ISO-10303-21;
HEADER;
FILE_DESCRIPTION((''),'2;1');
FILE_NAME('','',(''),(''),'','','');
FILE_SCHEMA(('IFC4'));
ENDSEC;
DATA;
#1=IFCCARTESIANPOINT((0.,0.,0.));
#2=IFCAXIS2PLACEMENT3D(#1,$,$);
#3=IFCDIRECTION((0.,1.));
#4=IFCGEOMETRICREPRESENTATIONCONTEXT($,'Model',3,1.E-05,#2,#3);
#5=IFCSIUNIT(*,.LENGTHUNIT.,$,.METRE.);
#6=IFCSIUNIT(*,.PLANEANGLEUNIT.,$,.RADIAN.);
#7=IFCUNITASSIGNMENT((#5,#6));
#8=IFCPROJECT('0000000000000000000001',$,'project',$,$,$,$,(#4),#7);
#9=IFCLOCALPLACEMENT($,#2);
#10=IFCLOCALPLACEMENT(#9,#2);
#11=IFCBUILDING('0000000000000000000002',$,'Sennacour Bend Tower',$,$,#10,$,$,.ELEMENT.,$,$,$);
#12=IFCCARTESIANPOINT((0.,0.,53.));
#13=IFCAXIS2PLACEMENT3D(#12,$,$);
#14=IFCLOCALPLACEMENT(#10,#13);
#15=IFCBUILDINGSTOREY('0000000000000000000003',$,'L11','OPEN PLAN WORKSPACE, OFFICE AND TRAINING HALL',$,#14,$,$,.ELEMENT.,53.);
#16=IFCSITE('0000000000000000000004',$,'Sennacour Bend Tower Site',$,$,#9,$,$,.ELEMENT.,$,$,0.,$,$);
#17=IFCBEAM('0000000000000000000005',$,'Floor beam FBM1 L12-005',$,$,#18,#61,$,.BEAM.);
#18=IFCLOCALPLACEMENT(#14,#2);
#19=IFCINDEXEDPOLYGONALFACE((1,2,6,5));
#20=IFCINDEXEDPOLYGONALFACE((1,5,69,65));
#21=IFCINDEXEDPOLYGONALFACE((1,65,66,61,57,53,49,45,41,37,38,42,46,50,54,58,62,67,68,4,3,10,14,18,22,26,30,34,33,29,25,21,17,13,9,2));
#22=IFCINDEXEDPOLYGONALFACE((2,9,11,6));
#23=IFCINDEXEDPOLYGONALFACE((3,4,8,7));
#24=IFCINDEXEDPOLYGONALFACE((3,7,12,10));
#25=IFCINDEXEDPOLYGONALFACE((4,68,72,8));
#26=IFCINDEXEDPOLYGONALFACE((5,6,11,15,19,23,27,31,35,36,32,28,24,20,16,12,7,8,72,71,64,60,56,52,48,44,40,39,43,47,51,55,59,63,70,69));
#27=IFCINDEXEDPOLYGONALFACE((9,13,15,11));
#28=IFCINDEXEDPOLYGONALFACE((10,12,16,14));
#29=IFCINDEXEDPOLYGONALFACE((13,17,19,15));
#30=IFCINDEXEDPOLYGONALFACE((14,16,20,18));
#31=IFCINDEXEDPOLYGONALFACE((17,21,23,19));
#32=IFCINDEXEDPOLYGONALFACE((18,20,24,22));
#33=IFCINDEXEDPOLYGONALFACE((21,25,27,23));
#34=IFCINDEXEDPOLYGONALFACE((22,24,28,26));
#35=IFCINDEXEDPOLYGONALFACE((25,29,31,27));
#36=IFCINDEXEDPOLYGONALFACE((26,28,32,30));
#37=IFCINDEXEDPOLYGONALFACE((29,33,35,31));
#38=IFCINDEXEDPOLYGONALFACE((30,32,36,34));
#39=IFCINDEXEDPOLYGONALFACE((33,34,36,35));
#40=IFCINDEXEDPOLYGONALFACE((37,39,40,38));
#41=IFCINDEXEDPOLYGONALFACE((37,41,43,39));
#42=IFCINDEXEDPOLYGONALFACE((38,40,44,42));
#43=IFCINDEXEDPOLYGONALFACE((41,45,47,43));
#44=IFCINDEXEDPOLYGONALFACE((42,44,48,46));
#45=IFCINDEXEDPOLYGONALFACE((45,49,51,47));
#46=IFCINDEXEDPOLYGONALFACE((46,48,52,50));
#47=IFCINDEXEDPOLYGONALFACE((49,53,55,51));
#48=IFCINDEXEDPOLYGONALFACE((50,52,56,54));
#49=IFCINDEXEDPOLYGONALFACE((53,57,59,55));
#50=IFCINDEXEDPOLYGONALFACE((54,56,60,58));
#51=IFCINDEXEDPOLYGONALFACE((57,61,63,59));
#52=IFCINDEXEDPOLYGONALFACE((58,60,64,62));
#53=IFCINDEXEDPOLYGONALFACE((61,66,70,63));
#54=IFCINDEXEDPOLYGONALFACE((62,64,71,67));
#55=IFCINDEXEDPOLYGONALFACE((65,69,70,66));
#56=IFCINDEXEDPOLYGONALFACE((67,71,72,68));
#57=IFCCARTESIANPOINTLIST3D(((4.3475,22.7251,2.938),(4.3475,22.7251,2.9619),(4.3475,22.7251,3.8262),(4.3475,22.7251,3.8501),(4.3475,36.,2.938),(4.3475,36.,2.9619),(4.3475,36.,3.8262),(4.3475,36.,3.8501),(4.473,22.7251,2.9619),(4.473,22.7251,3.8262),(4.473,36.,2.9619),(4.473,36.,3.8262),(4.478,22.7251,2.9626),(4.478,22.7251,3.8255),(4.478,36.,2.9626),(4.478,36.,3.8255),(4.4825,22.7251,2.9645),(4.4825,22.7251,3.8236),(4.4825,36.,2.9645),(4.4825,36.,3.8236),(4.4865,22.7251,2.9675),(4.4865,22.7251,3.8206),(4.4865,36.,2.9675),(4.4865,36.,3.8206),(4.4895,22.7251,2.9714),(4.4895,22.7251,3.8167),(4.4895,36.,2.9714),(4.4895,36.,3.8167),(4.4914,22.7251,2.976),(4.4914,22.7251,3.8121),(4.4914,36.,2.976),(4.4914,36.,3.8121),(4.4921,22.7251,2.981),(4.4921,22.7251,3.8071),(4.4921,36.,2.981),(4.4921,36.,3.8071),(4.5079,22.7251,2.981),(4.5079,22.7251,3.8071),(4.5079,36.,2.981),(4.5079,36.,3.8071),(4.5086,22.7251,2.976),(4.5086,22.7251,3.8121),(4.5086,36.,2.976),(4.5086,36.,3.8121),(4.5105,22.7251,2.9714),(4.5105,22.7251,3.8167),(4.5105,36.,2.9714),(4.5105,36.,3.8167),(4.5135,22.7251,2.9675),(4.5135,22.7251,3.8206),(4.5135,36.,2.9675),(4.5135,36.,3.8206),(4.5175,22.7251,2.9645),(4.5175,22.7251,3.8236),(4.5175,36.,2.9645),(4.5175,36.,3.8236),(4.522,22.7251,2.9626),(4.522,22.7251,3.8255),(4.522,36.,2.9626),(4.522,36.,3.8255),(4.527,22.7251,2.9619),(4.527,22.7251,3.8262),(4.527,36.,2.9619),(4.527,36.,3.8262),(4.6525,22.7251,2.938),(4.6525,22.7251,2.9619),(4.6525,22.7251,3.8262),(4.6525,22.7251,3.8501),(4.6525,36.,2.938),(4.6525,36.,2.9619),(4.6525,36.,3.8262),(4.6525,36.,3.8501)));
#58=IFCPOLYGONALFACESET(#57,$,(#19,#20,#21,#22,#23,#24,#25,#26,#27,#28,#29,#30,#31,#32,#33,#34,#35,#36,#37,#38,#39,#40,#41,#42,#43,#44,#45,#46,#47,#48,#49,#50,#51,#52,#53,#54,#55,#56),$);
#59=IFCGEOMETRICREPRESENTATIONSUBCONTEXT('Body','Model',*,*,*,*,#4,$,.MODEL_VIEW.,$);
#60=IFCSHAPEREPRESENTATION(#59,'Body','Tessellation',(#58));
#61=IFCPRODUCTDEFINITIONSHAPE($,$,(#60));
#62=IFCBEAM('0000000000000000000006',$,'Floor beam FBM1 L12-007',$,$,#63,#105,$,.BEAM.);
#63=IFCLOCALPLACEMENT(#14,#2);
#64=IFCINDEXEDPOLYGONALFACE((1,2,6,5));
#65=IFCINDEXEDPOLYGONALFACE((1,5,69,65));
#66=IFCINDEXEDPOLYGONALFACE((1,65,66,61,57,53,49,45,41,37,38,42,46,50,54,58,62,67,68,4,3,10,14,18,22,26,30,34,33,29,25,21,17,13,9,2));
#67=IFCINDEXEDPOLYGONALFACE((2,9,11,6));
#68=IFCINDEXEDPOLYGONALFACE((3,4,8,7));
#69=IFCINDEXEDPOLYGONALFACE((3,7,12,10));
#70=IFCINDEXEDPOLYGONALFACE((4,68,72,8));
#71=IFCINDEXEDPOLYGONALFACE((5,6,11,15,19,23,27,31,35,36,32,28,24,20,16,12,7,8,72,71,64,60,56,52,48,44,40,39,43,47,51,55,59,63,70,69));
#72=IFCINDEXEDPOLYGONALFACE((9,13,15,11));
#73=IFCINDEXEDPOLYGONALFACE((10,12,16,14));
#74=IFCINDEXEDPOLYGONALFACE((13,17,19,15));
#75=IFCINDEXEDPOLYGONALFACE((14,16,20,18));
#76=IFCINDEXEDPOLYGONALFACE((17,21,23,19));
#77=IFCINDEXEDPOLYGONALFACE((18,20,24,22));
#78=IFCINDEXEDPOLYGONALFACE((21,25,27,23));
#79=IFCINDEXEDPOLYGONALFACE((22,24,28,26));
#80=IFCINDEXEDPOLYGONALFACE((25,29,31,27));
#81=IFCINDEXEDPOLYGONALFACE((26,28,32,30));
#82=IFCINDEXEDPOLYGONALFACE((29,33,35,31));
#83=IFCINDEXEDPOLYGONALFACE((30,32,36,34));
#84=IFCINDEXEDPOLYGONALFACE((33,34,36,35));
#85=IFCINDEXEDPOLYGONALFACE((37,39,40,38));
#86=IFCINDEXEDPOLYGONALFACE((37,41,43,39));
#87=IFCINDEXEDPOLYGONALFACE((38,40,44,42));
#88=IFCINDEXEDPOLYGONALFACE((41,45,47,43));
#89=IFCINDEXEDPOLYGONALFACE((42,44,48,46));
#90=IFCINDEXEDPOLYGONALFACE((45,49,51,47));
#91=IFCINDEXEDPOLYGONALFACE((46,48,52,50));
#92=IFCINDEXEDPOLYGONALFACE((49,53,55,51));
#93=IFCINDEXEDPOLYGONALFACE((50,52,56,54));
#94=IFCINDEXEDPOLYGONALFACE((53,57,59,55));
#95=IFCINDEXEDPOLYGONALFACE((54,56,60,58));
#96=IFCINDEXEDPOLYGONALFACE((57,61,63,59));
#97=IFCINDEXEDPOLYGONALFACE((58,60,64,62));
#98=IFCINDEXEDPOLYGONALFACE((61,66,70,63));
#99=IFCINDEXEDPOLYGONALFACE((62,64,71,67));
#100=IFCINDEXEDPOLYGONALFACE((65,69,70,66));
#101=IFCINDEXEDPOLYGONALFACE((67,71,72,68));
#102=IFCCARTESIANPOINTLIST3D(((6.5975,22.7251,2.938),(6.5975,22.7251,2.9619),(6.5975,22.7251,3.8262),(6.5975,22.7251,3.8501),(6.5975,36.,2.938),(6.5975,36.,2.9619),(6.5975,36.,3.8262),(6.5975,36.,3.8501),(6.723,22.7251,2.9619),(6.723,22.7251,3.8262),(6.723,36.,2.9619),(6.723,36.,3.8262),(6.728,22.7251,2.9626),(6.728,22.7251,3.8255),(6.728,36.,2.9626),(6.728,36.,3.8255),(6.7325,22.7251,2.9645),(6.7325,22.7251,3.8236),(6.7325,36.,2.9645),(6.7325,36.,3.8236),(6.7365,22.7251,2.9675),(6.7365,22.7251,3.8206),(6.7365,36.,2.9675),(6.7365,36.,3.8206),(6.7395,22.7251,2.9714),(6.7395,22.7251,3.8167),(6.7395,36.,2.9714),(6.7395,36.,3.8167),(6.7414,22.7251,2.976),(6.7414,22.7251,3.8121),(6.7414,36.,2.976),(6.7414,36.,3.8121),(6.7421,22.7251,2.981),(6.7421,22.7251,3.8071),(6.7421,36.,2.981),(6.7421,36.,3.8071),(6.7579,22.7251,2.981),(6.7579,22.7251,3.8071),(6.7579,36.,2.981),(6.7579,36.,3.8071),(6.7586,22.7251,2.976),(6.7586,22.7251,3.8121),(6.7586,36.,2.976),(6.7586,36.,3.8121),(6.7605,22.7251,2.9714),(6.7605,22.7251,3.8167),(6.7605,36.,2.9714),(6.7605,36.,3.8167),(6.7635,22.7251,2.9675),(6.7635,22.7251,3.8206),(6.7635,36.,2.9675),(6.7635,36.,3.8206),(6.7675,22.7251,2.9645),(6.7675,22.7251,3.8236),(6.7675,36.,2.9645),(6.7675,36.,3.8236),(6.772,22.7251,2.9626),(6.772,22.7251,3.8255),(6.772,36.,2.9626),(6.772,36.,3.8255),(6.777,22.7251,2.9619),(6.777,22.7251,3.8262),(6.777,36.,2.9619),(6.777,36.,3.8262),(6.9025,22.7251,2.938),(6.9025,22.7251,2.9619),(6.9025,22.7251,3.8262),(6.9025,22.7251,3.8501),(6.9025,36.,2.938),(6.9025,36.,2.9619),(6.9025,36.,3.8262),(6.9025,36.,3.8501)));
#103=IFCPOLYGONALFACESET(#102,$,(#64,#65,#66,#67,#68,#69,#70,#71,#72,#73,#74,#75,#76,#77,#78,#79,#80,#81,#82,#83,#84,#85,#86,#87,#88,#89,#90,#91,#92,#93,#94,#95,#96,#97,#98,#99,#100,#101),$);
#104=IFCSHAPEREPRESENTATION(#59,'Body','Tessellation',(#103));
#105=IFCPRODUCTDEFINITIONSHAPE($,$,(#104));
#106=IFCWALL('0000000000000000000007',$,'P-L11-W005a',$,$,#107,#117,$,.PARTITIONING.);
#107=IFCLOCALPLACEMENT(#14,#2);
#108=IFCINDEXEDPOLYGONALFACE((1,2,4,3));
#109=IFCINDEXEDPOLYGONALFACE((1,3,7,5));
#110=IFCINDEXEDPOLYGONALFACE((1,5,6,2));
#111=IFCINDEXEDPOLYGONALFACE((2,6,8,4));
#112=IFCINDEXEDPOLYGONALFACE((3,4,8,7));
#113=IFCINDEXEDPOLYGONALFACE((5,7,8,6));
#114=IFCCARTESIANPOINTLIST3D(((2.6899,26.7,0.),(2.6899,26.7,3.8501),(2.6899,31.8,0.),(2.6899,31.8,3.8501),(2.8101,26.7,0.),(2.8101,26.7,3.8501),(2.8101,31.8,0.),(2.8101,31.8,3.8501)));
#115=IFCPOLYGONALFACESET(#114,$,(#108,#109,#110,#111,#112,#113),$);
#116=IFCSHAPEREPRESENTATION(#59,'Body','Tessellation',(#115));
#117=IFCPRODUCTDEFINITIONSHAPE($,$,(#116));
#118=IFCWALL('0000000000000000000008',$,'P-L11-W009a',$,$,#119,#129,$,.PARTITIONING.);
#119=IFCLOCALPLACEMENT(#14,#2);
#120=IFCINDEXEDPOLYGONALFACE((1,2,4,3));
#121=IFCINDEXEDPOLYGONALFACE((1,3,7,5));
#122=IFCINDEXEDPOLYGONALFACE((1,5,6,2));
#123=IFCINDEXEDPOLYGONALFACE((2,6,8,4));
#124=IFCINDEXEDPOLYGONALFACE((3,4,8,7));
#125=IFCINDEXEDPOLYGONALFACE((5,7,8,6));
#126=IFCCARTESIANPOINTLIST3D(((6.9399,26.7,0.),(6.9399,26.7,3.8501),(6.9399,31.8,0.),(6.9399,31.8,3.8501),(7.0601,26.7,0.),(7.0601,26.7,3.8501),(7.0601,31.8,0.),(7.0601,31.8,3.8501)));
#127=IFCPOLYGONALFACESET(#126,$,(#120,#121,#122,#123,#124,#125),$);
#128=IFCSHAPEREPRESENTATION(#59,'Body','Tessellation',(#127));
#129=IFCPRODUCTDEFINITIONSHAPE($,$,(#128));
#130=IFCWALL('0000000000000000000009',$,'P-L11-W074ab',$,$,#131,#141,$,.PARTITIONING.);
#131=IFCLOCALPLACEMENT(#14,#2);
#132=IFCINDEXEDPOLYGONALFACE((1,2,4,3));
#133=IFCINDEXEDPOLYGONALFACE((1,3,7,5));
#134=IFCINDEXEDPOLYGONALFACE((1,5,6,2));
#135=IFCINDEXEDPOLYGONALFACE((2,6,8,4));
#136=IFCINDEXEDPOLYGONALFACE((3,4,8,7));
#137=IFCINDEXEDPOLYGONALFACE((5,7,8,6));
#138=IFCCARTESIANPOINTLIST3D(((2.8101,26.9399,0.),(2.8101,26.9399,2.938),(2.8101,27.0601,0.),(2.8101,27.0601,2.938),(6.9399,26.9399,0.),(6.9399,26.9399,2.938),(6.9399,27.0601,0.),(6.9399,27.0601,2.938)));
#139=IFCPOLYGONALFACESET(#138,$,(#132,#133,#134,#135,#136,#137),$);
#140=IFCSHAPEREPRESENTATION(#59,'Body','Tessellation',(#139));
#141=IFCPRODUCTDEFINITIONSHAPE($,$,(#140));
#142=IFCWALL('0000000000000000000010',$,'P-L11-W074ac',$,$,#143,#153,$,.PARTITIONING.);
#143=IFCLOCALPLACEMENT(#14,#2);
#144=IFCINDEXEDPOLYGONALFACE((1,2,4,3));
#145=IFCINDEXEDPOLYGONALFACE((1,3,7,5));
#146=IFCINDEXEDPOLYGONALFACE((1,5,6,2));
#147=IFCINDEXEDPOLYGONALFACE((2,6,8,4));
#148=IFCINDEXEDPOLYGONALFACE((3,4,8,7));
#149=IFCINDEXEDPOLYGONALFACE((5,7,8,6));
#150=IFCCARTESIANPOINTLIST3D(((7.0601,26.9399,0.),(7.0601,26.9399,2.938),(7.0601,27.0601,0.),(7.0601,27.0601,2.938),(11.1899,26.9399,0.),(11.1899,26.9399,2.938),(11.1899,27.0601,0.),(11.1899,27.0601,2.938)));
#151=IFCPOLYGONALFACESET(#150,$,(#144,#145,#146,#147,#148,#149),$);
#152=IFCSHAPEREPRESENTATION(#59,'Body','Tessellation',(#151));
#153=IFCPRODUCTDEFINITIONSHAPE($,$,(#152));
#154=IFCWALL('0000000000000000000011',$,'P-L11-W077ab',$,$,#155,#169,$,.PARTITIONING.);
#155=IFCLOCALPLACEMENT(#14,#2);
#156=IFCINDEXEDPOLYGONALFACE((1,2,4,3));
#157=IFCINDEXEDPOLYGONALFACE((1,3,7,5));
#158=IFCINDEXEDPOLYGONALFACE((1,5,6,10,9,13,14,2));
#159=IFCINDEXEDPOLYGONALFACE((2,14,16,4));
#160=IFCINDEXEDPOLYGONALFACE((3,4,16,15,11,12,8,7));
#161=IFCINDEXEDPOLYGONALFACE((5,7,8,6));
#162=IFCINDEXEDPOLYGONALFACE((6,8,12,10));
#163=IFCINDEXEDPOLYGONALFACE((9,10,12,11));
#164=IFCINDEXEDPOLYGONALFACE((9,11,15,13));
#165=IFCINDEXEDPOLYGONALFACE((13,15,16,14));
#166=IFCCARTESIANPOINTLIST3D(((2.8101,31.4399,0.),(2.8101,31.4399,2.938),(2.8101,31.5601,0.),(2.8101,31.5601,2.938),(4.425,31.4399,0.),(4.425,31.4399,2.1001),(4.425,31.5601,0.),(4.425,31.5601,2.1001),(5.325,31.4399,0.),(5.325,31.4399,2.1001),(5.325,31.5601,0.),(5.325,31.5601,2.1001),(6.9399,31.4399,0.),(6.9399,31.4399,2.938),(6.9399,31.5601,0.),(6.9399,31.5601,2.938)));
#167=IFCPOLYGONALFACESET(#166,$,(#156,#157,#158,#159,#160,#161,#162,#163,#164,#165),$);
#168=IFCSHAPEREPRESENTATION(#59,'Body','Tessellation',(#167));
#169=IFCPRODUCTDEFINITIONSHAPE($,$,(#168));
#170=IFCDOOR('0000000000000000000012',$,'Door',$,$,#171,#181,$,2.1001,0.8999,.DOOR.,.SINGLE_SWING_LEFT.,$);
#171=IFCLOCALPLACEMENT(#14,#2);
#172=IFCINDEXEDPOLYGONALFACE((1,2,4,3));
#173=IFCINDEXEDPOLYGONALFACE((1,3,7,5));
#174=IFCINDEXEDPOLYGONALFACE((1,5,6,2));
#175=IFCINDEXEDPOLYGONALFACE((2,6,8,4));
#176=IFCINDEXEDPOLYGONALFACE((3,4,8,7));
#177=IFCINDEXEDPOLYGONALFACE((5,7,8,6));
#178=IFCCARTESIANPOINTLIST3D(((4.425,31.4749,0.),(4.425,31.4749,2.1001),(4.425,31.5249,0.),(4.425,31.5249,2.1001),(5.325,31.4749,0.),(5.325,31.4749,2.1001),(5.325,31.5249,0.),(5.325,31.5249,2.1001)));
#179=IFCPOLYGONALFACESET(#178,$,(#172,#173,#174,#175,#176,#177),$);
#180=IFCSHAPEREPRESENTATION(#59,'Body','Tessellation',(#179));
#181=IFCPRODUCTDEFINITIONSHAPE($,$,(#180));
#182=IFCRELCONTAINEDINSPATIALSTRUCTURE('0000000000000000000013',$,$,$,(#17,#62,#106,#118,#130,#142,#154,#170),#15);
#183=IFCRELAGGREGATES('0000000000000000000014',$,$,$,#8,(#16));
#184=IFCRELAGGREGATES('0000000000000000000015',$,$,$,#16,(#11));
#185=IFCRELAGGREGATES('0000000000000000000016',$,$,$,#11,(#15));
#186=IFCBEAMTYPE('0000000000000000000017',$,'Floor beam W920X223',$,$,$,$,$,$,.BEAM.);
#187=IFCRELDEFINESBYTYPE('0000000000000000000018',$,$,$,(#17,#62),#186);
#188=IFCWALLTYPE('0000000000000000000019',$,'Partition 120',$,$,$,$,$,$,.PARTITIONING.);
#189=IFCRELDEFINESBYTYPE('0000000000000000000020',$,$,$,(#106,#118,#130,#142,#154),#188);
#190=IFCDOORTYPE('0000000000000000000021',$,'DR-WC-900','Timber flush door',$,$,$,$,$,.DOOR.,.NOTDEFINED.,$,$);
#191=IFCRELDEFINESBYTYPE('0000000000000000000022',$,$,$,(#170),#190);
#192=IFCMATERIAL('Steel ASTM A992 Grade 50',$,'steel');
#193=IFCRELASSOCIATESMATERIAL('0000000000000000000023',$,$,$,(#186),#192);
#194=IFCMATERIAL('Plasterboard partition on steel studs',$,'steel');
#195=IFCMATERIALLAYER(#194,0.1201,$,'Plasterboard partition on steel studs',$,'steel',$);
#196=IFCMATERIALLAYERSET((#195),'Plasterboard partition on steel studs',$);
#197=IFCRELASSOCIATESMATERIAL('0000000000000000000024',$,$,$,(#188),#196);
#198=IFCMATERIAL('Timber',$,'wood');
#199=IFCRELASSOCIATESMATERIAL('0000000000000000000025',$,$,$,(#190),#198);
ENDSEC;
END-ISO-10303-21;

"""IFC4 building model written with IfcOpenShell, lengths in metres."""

from ifc_helpers import new_model, si_unit, direction, frame, frame_2d, origin, origin_2d, place, context, subcontext, project, spatial, rectangle, i_section, extrude, material, layer, layer_set, material_profile, profile_set, type_object, element, fill, save


model = new_model("IFC4")

# Units and contexts
model_context = context("Model", 3, precision=1e-05, world=origin(), true_north=direction((0.0, 1.0)))
body_context = subcontext(model_context, "Body", "Model", "MODEL_VIEW")
ifc_project = project(units=[si_unit("LENGTHUNIT", "METRE"), si_unit("PLANEANGLEUNIT", "RADIAN")], contexts=[model_context])

# Site, building, storey
site_placement = place(None, origin())
site = spatial("IfcSite", under=ifc_project, at=site_placement, Name="Sennacour Bend Tower Site", CompositionType="ELEMENT", RefElevation=0.0)
building_placement = place(site_placement, origin())
building = spatial("IfcBuilding", under=site, at=building_placement, Name="Sennacour Bend Tower", CompositionType="ELEMENT")
storey_placement = place(building_placement, frame((0.0, 0.0, 53.0)))
storey = spatial("IfcBuildingStorey", under=building, at=storey_placement, Name="L11", Description="OPEN PLAN WORKSPACE, OFFICE AND TRAINING HALL", CompositionType="ELEMENT", Elevation=53.0)

# Beams
ifc_material_1 = material(Name="Steel ASTM A992 Grade 50", Category="steel")
ifc_material_profile = material_profile(ifc_material_1, i_section(OverallWidth=0.3049, OverallDepth=0.9121, WebThickness=0.0159, FlangeThickness=0.0239, FilletRadius=0.019, at=origin_2d()), Name="Steel ASTM A992 Grade 50", Category="steel")
ifc_profile_set = profile_set([ifc_material_profile], Name="Steel ASTM A992 Grade 50")
beam_type = type_object("IfcBeamType", Name="Floor beam W920X223", PredefinedType="BEAM", material=ifc_profile_set)
for number, where, z_axis, x_axis, name in (
    (1, (4.5, 22.7251, 3.394), (0.0, 1.0, 0.0), (-1.0, 0.0, 0.0), "Floor beam FBM1 L12-005"),
    (2, (6.75, 22.7251, 3.394), (0.0, 1.0, 0.0), (-1.0, 0.0, 0.0), "Floor beam FBM1 L12-007"),
):
    element("IfcBeam", number, at=place(storey_placement, frame(where, z_axis=z_axis, x_axis=x_axis)), inside=storey, type_object=beam_type, Name=name, PredefinedType="BEAM", context=body_context, shape_type="SweptSolid", body=[
        extrude(i_section(OverallWidth=0.3049, OverallDepth=0.9121, WebThickness=0.0159, FlangeThickness=0.0239, FilletRadius=0.019, at=origin_2d()), origin(), (0.0, 0.0, 1.0), 13.2749),
    ])

# Walls
ifc_material_2 = material(Name="Plasterboard partition on steel studs", Category="steel")
ifc_layer_1 = layer(ifc_material_2, 0.1201, Name="Plasterboard partition on steel studs", Category="steel")
ifc_layer_set_1 = layer_set([ifc_layer_1], Name="Plasterboard partition on steel studs")
wall_type_1 = type_object("IfcWallType", Name="Partition 120", PredefinedType="PARTITIONING", material=ifc_layer_set_1)
for number, where, z_axis, x_axis, name in (
    (3, (2.75, 26.7, 0.0), (0.0, 0.0, 1.0), (0.0, 1.0, 0.0), "P-L11-W005a"),
    (4, (7.0, 26.7, 0.0), (0.0, 0.0, 1.0), (0.0, 1.0, 0.0), "P-L11-W009a"),
):
    element("IfcWall", number, at=place(storey_placement, frame(where, z_axis=z_axis, x_axis=x_axis)), inside=storey, type_object=wall_type_1, Name=name, PredefinedType="PARTITIONING", context=body_context, shape_type="SweptSolid", body=[
        extrude(rectangle(XDim=5.1001, YDim=0.1201, at=frame_2d((2.55, 0.0))), origin(), (0.0, 0.0, 1.0), 3.8501),
    ])
for number, where, z_axis, x_axis, name in (
    (5, (2.8101, 27.0, 0.0), (0.0, 0.0, 1.0), (1.0, 0.0, 0.0), "P-L11-W074ab"),
    (6, (7.0601, 27.0, 0.0), (0.0, 0.0, 1.0), (1.0, 0.0, 0.0), "P-L11-W074ac"),
):
    element("IfcWall", number, at=place(storey_placement, frame(where, z_axis=z_axis, x_axis=x_axis)), inside=storey, type_object=wall_type_1, Name=name, PredefinedType="PARTITIONING", context=body_context, shape_type="SweptSolid", body=[
        extrude(rectangle(XDim=4.1299, YDim=0.1201, at=frame_2d((2.0649, 0.0))), origin(), (0.0, 0.0, 1.0), 2.938),
    ])

# Wall, opening, door
wall_1_placement = place(storey_placement, frame((2.8101, 31.5, 0.0), z_axis=(0.0, 0.0, 1.0), x_axis=(1.0, 0.0, 0.0)))
wall_1 = element("IfcWall", 7, at=wall_1_placement, inside=storey, type_object=wall_type_1, Name="P-L11-W077ab", PredefinedType="PARTITIONING", context=body_context, shape_type="SweptSolid", body=[
    extrude(rectangle(XDim=4.1299, YDim=0.1201, at=frame_2d((2.0649, 0.0))), origin(), (0.0, 0.0, 1.0), 2.938),
])
opening_1_placement = place(wall_1_placement, frame((1.615, 0.0, 0.0)))
opening_1 = element("IfcOpeningElement", 8, at=opening_1_placement, cuts=wall_1, PredefinedType="OPENING", context=body_context, shape_type="SweptSolid", body=[
    extrude(rectangle(XDim=0.8999, YDim=2.1001, at=frame_2d((0.45, 1.05))), frame((0.0, 0.0701, 0.0), z_axis=(0.0, -1.0, 0.0), x_axis=(1.0, 0.0, 0.0)), (0.0, 0.0, 1.0), 0.1401),
])
ifc_material_3 = material(Name="Timber", Category="wood")
door_type_1 = type_object("IfcDoorType", Name="DR-WC-900", Description="Timber flush door", OperationType="NOTDEFINED", PredefinedType="DOOR", material=ifc_material_3)
door_1_placement = place(opening_1_placement, origin())
door_1 = element("IfcDoor", 9, at=door_1_placement, inside=storey, type_object=door_type_1, Name="Door", OperationType="SINGLE_SWING_LEFT", OverallHeight=2.1001, OverallWidth=0.8999, PredefinedType="DOOR", context=body_context, shape_type="SweptSolid", body=[
    extrude(rectangle(XDim=0.8999, YDim=2.1001, at=frame_2d((0.45, 1.05))), frame((0.0, 0.0249, 0.0), z_axis=(0.0, -1.0, 0.0), x_axis=(1.0, 0.0, 0.0)), (0.0, 0.0, 1.0), 0.05),
])
fill(opening_1, door_1)

save(model, "model.ifc")
